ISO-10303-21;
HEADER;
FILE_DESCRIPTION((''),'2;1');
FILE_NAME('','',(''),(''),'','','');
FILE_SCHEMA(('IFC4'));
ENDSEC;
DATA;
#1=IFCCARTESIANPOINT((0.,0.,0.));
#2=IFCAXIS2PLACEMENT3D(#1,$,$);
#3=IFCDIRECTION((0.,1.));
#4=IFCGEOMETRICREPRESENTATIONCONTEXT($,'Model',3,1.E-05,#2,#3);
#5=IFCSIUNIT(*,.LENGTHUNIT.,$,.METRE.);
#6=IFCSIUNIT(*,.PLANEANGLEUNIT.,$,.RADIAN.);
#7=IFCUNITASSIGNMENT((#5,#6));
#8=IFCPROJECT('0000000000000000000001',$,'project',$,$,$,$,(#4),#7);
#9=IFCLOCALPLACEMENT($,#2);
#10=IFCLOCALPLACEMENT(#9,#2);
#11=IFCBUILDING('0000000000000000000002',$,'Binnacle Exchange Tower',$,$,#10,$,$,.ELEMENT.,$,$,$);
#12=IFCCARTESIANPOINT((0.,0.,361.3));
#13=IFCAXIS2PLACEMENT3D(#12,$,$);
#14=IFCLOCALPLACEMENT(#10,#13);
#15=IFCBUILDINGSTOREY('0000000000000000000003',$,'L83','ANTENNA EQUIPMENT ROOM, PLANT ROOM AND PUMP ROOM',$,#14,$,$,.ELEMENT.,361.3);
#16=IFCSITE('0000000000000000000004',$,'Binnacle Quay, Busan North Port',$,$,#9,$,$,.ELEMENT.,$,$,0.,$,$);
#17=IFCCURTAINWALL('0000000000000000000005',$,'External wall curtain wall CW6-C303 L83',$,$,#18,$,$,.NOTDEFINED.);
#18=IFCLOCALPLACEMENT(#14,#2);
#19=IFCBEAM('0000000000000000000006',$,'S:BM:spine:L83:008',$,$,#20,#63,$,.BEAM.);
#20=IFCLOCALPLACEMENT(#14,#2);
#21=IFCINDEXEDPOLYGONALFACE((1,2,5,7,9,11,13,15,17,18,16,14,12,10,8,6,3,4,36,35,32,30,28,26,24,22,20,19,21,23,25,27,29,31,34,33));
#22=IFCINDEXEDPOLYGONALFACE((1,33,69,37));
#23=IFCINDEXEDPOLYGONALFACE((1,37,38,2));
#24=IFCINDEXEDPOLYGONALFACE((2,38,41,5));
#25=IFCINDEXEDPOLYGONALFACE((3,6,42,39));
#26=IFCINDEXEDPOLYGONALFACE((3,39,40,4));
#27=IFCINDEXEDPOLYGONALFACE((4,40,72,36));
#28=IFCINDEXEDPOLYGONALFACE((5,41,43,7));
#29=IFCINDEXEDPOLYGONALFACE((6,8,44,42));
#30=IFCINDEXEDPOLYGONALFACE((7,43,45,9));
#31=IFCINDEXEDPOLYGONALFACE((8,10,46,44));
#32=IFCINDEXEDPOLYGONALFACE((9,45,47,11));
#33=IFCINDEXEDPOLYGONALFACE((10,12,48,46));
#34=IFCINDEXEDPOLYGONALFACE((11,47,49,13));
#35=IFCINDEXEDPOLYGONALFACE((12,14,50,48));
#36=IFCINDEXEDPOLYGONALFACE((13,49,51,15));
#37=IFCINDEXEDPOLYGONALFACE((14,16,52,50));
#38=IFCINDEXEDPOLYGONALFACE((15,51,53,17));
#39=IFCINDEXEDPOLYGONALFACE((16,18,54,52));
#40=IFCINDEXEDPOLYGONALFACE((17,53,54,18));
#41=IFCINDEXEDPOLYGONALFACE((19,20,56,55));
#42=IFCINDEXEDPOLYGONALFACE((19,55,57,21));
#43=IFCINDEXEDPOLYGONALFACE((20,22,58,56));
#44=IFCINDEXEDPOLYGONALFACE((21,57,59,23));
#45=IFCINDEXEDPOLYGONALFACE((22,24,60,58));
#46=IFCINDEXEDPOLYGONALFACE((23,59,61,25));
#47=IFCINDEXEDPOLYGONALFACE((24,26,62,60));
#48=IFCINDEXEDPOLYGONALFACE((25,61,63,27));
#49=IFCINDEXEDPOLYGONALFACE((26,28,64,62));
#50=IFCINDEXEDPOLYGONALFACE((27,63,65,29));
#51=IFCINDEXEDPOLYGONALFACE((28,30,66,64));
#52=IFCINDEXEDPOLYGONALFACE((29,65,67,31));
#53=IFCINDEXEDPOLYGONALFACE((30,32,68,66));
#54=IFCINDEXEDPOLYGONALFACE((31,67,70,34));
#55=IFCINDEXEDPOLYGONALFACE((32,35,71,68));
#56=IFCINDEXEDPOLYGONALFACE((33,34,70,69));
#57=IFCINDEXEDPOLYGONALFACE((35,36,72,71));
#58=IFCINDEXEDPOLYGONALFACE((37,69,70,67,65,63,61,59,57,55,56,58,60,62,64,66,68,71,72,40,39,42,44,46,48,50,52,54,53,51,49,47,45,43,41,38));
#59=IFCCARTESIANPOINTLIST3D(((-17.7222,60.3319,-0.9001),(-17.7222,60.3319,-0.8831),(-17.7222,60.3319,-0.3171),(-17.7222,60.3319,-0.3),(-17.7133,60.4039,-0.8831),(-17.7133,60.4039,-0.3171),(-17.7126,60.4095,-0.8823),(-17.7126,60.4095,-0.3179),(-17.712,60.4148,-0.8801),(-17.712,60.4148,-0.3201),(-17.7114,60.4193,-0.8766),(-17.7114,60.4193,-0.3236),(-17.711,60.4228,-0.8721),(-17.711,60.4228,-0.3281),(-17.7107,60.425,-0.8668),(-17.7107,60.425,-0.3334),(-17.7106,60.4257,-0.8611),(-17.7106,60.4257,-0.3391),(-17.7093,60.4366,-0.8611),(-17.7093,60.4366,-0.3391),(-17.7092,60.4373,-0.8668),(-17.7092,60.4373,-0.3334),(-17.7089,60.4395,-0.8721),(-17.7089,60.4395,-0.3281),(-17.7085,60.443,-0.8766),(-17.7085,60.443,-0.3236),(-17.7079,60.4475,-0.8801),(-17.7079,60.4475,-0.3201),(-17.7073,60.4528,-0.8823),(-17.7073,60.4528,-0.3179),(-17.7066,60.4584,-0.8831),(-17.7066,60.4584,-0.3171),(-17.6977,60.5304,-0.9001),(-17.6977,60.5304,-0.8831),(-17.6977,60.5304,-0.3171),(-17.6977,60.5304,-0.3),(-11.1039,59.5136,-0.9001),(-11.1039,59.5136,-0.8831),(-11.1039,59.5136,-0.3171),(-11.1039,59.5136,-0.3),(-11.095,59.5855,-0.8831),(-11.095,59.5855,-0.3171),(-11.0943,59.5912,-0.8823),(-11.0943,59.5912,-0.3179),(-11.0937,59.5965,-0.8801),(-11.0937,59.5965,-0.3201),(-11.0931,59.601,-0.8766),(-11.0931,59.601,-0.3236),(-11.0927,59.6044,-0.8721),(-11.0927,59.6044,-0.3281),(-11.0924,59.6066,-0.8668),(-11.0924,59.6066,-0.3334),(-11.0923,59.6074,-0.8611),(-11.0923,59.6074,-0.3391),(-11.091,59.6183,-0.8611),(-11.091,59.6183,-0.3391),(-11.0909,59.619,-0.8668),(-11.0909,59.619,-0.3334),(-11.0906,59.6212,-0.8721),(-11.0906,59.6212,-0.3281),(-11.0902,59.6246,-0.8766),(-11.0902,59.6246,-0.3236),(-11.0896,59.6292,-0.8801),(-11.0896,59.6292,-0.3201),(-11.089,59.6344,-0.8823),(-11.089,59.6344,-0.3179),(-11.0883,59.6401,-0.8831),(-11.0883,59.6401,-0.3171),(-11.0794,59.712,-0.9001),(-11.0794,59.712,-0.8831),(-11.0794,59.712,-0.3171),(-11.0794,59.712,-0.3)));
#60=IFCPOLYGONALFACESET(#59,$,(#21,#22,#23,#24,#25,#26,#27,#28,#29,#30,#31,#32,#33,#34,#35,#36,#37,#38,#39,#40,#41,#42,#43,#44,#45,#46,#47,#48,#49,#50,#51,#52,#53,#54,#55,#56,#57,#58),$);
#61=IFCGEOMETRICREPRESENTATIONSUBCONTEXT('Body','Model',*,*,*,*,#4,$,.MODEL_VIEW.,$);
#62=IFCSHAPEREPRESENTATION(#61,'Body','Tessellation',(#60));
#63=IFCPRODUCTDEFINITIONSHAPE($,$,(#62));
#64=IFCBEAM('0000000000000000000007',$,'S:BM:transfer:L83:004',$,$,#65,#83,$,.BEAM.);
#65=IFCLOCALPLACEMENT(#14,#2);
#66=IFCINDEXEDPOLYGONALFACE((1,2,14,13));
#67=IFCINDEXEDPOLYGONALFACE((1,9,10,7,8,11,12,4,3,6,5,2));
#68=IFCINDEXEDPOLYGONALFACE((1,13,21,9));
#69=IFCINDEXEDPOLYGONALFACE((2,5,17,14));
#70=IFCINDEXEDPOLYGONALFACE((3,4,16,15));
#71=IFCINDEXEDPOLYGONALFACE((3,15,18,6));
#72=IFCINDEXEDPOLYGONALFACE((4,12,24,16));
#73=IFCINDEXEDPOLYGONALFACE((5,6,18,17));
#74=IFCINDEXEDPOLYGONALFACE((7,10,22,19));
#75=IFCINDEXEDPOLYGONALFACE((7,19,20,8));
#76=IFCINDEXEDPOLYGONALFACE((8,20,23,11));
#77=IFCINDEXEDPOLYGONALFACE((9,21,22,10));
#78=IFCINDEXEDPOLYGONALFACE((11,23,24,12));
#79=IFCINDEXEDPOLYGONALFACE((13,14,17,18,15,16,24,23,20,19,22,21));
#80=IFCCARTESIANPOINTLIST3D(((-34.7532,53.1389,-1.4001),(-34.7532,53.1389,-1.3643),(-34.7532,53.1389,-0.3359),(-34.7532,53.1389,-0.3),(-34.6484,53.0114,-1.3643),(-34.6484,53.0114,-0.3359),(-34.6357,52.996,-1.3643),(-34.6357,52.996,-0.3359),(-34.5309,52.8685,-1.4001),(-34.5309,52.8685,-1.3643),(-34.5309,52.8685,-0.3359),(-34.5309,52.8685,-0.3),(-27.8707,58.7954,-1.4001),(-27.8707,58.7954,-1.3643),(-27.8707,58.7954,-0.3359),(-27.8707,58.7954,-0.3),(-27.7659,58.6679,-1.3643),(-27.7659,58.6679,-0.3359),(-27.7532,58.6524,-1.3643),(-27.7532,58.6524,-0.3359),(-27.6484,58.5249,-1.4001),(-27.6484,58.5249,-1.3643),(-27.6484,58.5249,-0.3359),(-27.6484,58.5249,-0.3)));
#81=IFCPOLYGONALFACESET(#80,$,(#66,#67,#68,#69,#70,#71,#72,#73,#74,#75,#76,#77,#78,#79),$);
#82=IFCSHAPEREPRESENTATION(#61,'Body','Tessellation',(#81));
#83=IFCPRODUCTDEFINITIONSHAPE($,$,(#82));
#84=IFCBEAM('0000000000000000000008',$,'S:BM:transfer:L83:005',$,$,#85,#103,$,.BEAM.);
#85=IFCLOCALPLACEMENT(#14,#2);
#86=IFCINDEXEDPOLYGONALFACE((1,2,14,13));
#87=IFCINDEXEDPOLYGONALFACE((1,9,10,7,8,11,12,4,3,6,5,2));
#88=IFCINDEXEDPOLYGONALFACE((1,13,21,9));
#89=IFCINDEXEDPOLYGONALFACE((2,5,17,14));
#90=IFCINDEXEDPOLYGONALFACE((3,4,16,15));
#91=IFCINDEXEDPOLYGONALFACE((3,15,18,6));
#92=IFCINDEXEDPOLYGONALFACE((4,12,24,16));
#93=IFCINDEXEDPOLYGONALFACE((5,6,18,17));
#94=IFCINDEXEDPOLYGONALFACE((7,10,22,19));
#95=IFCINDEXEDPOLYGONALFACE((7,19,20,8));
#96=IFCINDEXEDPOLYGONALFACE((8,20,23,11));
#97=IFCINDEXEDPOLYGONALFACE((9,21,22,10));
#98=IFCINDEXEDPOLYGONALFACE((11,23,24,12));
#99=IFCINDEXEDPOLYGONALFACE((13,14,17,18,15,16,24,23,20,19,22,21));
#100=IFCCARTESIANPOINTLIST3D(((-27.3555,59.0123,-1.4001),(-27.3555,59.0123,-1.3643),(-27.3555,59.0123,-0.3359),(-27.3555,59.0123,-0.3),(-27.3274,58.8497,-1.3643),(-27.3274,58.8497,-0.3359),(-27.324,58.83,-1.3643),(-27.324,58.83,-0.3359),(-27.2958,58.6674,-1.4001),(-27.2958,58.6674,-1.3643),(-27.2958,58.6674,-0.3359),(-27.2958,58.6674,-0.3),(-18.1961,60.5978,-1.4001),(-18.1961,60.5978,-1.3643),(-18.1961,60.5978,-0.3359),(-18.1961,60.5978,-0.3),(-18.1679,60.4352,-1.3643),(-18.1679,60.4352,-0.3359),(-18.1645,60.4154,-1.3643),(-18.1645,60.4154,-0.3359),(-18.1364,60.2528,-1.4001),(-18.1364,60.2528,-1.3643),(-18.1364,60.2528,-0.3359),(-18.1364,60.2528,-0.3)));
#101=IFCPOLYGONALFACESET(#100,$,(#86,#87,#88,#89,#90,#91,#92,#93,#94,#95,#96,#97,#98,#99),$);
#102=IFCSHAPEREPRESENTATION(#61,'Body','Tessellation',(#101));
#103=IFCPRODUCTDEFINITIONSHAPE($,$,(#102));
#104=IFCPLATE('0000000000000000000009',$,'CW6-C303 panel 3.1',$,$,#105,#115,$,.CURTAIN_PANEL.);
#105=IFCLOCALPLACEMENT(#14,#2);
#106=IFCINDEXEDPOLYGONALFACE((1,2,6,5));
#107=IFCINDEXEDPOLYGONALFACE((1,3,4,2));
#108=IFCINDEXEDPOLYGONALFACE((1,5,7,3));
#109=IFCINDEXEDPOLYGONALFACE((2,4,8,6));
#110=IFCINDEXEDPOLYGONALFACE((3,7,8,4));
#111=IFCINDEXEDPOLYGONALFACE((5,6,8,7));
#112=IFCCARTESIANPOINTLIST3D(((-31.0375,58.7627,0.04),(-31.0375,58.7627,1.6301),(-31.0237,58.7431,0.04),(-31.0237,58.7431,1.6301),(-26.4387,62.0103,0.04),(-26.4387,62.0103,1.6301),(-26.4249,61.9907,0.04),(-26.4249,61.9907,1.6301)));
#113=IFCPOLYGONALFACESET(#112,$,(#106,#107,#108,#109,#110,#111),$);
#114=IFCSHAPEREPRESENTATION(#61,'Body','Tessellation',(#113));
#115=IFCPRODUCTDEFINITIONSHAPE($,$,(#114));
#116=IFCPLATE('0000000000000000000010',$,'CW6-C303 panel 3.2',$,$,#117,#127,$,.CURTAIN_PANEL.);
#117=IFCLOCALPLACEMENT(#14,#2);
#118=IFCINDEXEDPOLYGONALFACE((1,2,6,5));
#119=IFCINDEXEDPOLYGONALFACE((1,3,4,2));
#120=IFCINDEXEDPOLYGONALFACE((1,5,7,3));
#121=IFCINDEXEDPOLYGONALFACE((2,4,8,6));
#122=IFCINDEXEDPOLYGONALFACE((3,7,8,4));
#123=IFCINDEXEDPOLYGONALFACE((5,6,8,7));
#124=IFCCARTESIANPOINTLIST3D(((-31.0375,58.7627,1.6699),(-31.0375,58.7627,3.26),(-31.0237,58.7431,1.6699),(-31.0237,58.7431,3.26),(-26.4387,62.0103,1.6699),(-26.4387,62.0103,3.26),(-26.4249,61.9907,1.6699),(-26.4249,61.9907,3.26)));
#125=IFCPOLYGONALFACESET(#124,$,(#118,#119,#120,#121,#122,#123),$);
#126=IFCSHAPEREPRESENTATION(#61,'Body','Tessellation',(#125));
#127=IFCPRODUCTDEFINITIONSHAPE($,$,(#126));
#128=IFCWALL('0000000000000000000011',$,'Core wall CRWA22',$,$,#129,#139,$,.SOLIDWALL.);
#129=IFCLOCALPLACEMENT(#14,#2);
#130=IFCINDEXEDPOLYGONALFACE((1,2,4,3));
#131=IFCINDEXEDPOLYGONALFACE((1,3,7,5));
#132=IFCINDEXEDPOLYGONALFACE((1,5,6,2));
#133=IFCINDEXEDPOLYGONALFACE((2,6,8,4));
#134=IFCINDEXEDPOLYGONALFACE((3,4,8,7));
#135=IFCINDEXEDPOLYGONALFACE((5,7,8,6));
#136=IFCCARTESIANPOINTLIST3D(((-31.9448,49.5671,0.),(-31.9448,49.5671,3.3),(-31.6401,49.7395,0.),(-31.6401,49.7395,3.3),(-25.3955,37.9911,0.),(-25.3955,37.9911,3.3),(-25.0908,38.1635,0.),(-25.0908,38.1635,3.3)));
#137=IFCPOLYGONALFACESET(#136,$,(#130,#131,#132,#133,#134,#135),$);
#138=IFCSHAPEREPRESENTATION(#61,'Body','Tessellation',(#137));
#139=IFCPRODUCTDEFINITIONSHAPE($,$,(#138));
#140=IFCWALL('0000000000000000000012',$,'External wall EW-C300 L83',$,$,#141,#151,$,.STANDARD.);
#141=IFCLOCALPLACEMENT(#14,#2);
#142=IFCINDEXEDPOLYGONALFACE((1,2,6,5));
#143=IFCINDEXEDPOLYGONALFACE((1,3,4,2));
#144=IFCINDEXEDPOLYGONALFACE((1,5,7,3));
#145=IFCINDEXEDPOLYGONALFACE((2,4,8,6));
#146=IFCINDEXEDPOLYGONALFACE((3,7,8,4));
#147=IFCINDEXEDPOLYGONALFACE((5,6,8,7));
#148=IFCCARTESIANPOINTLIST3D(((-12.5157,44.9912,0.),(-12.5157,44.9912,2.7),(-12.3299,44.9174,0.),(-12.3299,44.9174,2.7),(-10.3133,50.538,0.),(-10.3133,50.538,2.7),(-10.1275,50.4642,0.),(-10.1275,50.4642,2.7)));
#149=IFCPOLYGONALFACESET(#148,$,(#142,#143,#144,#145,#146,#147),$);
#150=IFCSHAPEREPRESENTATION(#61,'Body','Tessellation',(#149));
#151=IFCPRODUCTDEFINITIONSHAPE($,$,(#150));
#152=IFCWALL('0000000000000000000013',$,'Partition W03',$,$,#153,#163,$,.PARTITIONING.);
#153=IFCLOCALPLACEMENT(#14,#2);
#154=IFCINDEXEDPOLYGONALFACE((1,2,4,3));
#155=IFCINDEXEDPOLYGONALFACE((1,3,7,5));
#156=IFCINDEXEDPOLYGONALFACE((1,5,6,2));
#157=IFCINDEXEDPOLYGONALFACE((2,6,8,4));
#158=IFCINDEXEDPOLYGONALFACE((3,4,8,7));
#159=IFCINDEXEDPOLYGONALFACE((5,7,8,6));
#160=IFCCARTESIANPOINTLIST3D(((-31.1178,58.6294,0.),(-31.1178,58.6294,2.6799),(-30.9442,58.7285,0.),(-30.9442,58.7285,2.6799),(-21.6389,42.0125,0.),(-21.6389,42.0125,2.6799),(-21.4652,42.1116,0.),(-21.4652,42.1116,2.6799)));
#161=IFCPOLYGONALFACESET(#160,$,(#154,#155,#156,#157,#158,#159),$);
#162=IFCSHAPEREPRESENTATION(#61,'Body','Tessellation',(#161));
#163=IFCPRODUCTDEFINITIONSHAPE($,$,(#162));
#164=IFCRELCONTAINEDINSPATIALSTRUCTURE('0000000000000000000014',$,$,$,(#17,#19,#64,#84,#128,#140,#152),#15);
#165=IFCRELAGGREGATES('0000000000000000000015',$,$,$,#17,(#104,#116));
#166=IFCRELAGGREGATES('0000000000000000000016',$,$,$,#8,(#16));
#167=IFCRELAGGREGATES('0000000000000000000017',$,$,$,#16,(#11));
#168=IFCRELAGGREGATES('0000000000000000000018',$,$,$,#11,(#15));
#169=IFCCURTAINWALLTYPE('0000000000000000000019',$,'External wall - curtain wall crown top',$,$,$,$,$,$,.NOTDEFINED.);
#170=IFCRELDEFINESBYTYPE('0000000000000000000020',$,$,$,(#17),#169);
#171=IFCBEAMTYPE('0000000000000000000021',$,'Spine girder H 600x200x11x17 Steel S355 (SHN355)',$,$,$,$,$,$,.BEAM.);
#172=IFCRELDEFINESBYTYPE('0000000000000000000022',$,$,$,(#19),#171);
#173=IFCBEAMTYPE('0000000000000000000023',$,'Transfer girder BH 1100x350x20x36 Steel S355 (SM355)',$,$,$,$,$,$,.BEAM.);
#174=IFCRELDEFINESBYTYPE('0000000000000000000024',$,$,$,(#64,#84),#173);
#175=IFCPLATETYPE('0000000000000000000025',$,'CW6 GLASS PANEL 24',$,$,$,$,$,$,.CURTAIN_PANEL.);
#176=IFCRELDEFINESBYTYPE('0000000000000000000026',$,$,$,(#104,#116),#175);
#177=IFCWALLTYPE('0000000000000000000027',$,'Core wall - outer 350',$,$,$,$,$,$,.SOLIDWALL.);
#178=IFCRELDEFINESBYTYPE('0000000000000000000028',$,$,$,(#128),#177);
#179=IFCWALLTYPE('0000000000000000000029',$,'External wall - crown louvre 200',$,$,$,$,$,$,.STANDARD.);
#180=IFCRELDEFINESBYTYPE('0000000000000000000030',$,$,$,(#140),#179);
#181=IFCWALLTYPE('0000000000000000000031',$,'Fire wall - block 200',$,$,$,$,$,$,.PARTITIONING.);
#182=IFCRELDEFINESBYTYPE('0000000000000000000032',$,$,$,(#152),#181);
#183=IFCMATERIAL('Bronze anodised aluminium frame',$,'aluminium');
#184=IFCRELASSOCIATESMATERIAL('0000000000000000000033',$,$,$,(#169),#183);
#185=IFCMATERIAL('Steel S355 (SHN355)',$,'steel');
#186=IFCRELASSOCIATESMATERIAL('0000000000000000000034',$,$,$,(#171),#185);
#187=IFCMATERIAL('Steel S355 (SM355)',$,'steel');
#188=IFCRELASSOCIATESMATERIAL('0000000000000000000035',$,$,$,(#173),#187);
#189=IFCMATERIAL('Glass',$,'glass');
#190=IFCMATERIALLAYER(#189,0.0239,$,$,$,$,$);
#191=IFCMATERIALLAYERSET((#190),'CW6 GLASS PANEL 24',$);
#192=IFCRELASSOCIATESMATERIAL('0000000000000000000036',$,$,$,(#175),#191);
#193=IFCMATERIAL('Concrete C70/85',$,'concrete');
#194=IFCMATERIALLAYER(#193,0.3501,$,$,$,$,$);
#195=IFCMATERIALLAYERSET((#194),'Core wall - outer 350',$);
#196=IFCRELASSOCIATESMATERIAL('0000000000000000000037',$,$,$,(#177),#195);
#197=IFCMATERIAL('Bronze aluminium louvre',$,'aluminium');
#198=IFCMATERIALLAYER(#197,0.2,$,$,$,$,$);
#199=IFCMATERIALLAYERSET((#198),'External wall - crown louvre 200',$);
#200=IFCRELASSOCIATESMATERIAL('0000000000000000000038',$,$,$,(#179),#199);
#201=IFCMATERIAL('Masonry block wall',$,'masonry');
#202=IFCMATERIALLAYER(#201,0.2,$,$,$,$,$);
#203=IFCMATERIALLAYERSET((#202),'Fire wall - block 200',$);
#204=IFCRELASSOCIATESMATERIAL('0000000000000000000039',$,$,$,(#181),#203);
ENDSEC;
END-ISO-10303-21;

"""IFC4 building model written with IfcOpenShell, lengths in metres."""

from ifc_helpers import new_model, si_unit, direction, frame, frame_2d, origin, origin_2d, place, context, subcontext, project, spatial, rectangle, i_section, extrude, material, layer, layer_set, material_profile, profile_set, type_object, element, aggregate, save


model = new_model("IFC4")

# Units and contexts
model_context = context("Model", 3, precision=1e-05, world=origin(), true_north=direction((0.0, 1.0)))
body_context = subcontext(model_context, "Body", "Model", "MODEL_VIEW")
ifc_project = project(units=[si_unit("LENGTHUNIT", "METRE"), si_unit("PLANEANGLEUNIT", "RADIAN")], contexts=[model_context])

# Site, building, storey
site_placement = place(None, origin())
site = spatial("IfcSite", under=ifc_project, at=site_placement, Name="Binnacle Quay, Busan North Port", CompositionType="ELEMENT", RefElevation=0.0)
building_placement = place(site_placement, origin())
building = spatial("IfcBuilding", under=site, at=building_placement, Name="Binnacle Exchange Tower", CompositionType="ELEMENT")
storey_placement = place(building_placement, frame((0.0, 0.0, 361.3)))
storey = spatial("IfcBuildingStorey", under=building, at=storey_placement, Name="L83", Description="ANTENNA EQUIPMENT ROOM, PLANT ROOM AND PUMP ROOM", CompositionType="ELEMENT", Elevation=361.3)

# Shared definitions
ifc_material_1 = material(Name="Steel S355 (SHN355)", Category="steel")

# Curtain wall
ifc_material_2 = material(Name="Bronze anodised aluminium frame", Category="aluminium")
curtain_wall_type = type_object("IfcCurtainWallType", Name="External wall - curtain wall crown top", PredefinedType="NOTDEFINED", material=ifc_material_2)
curtain_wall_1_placement = place(storey_placement, origin())
curtain_wall_1 = element("IfcCurtainWall", 1, at=curtain_wall_1_placement, inside=storey, type_object=curtain_wall_type, Name="External wall curtain wall CW6-C303 L83", PredefinedType="NOTDEFINED")

# Beams
ifc_material_profile_1 = material_profile(ifc_material_1, i_section(OverallWidth=0.2, OverallDepth=0.6001, WebThickness=0.011, FlangeThickness=0.0171, FilletRadius=0.022, at=origin_2d()), Name="H 600x200x11x17")
ifc_profile_set_1 = profile_set([ifc_material_profile_1], Name="Steel S355 (SHN355)")
beam_type_1 = type_object("IfcBeamType", Name="Spine girder H 600x200x11x17 Steel S355 (SHN355)", PredefinedType="BEAM", material=ifc_profile_set_1)
beam_1_placement = place(storey_placement, frame((-17.71, 60.4312, -0.6001), z_axis=(0.992442, -0.122714, 0.0), x_axis=(0.122714, 0.992442, 0.0)))
element("IfcBeam", 2, at=beam_1_placement, inside=storey, type_object=beam_type_1, Name="S:BM:spine:L83:008", PredefinedType="BEAM", context=body_context, shape_type="SweptSolid", body=[
    extrude(i_section(OverallWidth=0.2, OverallDepth=0.6001, WebThickness=0.011, FlangeThickness=0.0171, FilletRadius=0.022, at=origin_2d()), origin(), (0.0, 0.0, 1.0), 6.6687),
])
ifc_material_3 = material(Name="Steel S355 (SM355)", Category="steel")
ifc_material_profile_2 = material_profile(ifc_material_3, i_section(OverallWidth=0.3501, OverallDepth=1.1001, WebThickness=0.02, FlangeThickness=0.0359, at=origin_2d()), Name="BH 1100x350x20x36")
ifc_profile_set_2 = profile_set([ifc_material_profile_2], Name="Steel S355 (SM355)")
beam_type_2 = type_object("IfcBeamType", Name="Transfer girder BH 1100x350x20x36 Steel S355 (SM355)", PredefinedType="BEAM", material=ifc_profile_set_2)
beam_2_placement = place(storey_placement, frame((-27.7595, 58.6602, -0.8501), z_axis=(-0.772563, -0.634938, 0.0), x_axis=(0.634938, -0.772563, 0.0)))
element("IfcBeam", 3, at=beam_2_placement, inside=storey, type_object=beam_type_2, Name="S:BM:transfer:L83:004", PredefinedType="BEAM", context=body_context, shape_type="SweptSolid", body=[
    extrude(i_section(OverallWidth=0.3501, OverallDepth=1.1001, WebThickness=0.02, FlangeThickness=0.0359, at=origin_2d()), origin(), (0.0, 0.0, 1.0), 8.9087),
])
beam_3_placement = place(storey_placement, frame((-27.3257, 58.8398, -0.8501), z_axis=(0.985348, 0.170559, 0.0), x_axis=(-0.170559, 0.985348, 0.0)))
element("IfcBeam", 4, at=beam_3_placement, inside=storey, type_object=beam_type_2, Name="S:BM:transfer:L83:005", PredefinedType="BEAM", context=body_context, shape_type="SweptSolid", body=[
    extrude(i_section(OverallWidth=0.3501, OverallDepth=1.1001, WebThickness=0.02, FlangeThickness=0.0359, at=origin_2d()), origin(), (0.0, 0.0, 1.0), 9.2957),
])

# Plates
ifc_material_4 = material(Name="Glass", Category="glass")
ifc_layer_1 = layer(ifc_material_4, 0.0239)
ifc_layer_set_1 = layer_set([ifc_layer_1], Name="CW6 GLASS PANEL 24")
plate_type = type_object("IfcPlateType", Name="CW6 GLASS PANEL 24", PredefinedType="CURTAIN_PANEL", material=ifc_layer_set_1)
plate_1_placement = place(storey_placement, frame((-28.7312, 60.3767, 0.04), z_axis=(0.0, 0.0, 1.0), x_axis=(-0.816847, -0.576854, 0.0)))
plate_1 = element("IfcPlate", 5, at=plate_1_placement, type_object=plate_type, Name="CW6-C303 panel 3.1", PredefinedType="CURTAIN_PANEL", context=body_context, shape_type="SweptSolid", body=[
    extrude(rectangle(XDim=5.6299, YDim=0.0239, at=origin_2d()), origin(), (0.0, 0.0, 1.0), 1.5901),
])
plate_2_placement = place(storey_placement, frame((-28.7312, 60.3767, 1.6699), z_axis=(0.0, 0.0, 1.0), x_axis=(-0.816847, -0.576854, 0.0)))
plate_2 = element("IfcPlate", 6, at=plate_2_placement, type_object=plate_type, Name="CW6-C303 panel 3.2", PredefinedType="CURTAIN_PANEL", context=body_context, shape_type="SweptSolid", body=[
    extrude(rectangle(XDim=5.6299, YDim=0.0239, at=origin_2d()), origin(), (0.0, 0.0, 1.0), 1.5901),
])
aggregate(curtain_wall_1, [plate_1, plate_2])

# Walls
ifc_material_5 = material(Name="Concrete C70/85", Category="concrete")
ifc_layer_2 = layer(ifc_material_5, 0.3501)
ifc_layer_set_2 = layer_set([ifc_layer_2], Name="Core wall - outer 350")
wall_type_1 = type_object("IfcWallType", Name="Core wall - outer 350", PredefinedType="SOLIDWALL", material=ifc_layer_set_2)
wall_1_placement = place(storey_placement, frame((-31.7925, 49.6533, 0.0), z_axis=(0.0, 0.0, 1.0), x_axis=(0.492422, -0.870357, 0.0)))
element("IfcWall", 7, at=wall_1_placement, inside=storey, type_object=wall_type_1, Name="Core wall CRWA22", PredefinedType="SOLIDWALL", context=body_context, shape_type="SweptSolid", body=[
    extrude(rectangle(XDim=13.3003, YDim=0.3501, at=frame_2d((6.6501, 0.0))), origin(), (0.0, 0.0, 1.0), 3.3),
])
ifc_material_6 = material(Name="Bronze aluminium louvre", Category="aluminium")
ifc_layer_3 = layer(ifc_material_6, 0.2)
ifc_layer_set_3 = layer_set([ifc_layer_3], Name="External wall - crown louvre 200")
wall_type_2 = type_object("IfcWallType", Name="External wall - crown louvre 200", PredefinedType="STANDARD", material=ifc_layer_set_3)
wall_2_placement = place(storey_placement, frame((-10.2205, 50.501, 0.0), z_axis=(0.0, 0.0, 1.0), x_axis=(-0.369027, -0.929419, 0.0)))
element("IfcWall", 8, at=wall_2_placement, inside=storey, type_object=wall_type_2, Name="External wall EW-C300 L83", PredefinedType="STANDARD", context=body_context, shape_type="SweptSolid", body=[
    extrude(rectangle(XDim=5.968, YDim=0.2, at=frame_2d((2.9839, 0.0))), origin(), (0.0, 0.0, 1.0), 2.7),
])
ifc_material_7 = material(Name="Masonry block wall", Category="masonry")
ifc_layer_4 = layer(ifc_material_7, 0.2)
ifc_layer_set_4 = layer_set([ifc_layer_4], Name="Fire wall - block 200")
wall_type_3 = type_object("IfcWallType", Name="Fire wall - block 200", PredefinedType="PARTITIONING", material=ifc_layer_set_4)
wall_3_placement = place(storey_placement, frame((-31.031, 58.679, 0.0), z_axis=(0.0, 0.0, 1.0), x_axis=(0.495493, -0.868612, 0.0)))
element("IfcWall", 9, at=wall_3_placement, inside=storey, type_object=wall_type_3, Name="Partition W03", PredefinedType="PARTITIONING", context=body_context, shape_type="SweptSolid", body=[
    extrude(rectangle(XDim=19.1304, YDim=0.2, at=frame_2d((9.5652, 0.0))), origin(), (0.0, 0.0, 1.0), 2.6799),
])

save(model, "model.ifc")
